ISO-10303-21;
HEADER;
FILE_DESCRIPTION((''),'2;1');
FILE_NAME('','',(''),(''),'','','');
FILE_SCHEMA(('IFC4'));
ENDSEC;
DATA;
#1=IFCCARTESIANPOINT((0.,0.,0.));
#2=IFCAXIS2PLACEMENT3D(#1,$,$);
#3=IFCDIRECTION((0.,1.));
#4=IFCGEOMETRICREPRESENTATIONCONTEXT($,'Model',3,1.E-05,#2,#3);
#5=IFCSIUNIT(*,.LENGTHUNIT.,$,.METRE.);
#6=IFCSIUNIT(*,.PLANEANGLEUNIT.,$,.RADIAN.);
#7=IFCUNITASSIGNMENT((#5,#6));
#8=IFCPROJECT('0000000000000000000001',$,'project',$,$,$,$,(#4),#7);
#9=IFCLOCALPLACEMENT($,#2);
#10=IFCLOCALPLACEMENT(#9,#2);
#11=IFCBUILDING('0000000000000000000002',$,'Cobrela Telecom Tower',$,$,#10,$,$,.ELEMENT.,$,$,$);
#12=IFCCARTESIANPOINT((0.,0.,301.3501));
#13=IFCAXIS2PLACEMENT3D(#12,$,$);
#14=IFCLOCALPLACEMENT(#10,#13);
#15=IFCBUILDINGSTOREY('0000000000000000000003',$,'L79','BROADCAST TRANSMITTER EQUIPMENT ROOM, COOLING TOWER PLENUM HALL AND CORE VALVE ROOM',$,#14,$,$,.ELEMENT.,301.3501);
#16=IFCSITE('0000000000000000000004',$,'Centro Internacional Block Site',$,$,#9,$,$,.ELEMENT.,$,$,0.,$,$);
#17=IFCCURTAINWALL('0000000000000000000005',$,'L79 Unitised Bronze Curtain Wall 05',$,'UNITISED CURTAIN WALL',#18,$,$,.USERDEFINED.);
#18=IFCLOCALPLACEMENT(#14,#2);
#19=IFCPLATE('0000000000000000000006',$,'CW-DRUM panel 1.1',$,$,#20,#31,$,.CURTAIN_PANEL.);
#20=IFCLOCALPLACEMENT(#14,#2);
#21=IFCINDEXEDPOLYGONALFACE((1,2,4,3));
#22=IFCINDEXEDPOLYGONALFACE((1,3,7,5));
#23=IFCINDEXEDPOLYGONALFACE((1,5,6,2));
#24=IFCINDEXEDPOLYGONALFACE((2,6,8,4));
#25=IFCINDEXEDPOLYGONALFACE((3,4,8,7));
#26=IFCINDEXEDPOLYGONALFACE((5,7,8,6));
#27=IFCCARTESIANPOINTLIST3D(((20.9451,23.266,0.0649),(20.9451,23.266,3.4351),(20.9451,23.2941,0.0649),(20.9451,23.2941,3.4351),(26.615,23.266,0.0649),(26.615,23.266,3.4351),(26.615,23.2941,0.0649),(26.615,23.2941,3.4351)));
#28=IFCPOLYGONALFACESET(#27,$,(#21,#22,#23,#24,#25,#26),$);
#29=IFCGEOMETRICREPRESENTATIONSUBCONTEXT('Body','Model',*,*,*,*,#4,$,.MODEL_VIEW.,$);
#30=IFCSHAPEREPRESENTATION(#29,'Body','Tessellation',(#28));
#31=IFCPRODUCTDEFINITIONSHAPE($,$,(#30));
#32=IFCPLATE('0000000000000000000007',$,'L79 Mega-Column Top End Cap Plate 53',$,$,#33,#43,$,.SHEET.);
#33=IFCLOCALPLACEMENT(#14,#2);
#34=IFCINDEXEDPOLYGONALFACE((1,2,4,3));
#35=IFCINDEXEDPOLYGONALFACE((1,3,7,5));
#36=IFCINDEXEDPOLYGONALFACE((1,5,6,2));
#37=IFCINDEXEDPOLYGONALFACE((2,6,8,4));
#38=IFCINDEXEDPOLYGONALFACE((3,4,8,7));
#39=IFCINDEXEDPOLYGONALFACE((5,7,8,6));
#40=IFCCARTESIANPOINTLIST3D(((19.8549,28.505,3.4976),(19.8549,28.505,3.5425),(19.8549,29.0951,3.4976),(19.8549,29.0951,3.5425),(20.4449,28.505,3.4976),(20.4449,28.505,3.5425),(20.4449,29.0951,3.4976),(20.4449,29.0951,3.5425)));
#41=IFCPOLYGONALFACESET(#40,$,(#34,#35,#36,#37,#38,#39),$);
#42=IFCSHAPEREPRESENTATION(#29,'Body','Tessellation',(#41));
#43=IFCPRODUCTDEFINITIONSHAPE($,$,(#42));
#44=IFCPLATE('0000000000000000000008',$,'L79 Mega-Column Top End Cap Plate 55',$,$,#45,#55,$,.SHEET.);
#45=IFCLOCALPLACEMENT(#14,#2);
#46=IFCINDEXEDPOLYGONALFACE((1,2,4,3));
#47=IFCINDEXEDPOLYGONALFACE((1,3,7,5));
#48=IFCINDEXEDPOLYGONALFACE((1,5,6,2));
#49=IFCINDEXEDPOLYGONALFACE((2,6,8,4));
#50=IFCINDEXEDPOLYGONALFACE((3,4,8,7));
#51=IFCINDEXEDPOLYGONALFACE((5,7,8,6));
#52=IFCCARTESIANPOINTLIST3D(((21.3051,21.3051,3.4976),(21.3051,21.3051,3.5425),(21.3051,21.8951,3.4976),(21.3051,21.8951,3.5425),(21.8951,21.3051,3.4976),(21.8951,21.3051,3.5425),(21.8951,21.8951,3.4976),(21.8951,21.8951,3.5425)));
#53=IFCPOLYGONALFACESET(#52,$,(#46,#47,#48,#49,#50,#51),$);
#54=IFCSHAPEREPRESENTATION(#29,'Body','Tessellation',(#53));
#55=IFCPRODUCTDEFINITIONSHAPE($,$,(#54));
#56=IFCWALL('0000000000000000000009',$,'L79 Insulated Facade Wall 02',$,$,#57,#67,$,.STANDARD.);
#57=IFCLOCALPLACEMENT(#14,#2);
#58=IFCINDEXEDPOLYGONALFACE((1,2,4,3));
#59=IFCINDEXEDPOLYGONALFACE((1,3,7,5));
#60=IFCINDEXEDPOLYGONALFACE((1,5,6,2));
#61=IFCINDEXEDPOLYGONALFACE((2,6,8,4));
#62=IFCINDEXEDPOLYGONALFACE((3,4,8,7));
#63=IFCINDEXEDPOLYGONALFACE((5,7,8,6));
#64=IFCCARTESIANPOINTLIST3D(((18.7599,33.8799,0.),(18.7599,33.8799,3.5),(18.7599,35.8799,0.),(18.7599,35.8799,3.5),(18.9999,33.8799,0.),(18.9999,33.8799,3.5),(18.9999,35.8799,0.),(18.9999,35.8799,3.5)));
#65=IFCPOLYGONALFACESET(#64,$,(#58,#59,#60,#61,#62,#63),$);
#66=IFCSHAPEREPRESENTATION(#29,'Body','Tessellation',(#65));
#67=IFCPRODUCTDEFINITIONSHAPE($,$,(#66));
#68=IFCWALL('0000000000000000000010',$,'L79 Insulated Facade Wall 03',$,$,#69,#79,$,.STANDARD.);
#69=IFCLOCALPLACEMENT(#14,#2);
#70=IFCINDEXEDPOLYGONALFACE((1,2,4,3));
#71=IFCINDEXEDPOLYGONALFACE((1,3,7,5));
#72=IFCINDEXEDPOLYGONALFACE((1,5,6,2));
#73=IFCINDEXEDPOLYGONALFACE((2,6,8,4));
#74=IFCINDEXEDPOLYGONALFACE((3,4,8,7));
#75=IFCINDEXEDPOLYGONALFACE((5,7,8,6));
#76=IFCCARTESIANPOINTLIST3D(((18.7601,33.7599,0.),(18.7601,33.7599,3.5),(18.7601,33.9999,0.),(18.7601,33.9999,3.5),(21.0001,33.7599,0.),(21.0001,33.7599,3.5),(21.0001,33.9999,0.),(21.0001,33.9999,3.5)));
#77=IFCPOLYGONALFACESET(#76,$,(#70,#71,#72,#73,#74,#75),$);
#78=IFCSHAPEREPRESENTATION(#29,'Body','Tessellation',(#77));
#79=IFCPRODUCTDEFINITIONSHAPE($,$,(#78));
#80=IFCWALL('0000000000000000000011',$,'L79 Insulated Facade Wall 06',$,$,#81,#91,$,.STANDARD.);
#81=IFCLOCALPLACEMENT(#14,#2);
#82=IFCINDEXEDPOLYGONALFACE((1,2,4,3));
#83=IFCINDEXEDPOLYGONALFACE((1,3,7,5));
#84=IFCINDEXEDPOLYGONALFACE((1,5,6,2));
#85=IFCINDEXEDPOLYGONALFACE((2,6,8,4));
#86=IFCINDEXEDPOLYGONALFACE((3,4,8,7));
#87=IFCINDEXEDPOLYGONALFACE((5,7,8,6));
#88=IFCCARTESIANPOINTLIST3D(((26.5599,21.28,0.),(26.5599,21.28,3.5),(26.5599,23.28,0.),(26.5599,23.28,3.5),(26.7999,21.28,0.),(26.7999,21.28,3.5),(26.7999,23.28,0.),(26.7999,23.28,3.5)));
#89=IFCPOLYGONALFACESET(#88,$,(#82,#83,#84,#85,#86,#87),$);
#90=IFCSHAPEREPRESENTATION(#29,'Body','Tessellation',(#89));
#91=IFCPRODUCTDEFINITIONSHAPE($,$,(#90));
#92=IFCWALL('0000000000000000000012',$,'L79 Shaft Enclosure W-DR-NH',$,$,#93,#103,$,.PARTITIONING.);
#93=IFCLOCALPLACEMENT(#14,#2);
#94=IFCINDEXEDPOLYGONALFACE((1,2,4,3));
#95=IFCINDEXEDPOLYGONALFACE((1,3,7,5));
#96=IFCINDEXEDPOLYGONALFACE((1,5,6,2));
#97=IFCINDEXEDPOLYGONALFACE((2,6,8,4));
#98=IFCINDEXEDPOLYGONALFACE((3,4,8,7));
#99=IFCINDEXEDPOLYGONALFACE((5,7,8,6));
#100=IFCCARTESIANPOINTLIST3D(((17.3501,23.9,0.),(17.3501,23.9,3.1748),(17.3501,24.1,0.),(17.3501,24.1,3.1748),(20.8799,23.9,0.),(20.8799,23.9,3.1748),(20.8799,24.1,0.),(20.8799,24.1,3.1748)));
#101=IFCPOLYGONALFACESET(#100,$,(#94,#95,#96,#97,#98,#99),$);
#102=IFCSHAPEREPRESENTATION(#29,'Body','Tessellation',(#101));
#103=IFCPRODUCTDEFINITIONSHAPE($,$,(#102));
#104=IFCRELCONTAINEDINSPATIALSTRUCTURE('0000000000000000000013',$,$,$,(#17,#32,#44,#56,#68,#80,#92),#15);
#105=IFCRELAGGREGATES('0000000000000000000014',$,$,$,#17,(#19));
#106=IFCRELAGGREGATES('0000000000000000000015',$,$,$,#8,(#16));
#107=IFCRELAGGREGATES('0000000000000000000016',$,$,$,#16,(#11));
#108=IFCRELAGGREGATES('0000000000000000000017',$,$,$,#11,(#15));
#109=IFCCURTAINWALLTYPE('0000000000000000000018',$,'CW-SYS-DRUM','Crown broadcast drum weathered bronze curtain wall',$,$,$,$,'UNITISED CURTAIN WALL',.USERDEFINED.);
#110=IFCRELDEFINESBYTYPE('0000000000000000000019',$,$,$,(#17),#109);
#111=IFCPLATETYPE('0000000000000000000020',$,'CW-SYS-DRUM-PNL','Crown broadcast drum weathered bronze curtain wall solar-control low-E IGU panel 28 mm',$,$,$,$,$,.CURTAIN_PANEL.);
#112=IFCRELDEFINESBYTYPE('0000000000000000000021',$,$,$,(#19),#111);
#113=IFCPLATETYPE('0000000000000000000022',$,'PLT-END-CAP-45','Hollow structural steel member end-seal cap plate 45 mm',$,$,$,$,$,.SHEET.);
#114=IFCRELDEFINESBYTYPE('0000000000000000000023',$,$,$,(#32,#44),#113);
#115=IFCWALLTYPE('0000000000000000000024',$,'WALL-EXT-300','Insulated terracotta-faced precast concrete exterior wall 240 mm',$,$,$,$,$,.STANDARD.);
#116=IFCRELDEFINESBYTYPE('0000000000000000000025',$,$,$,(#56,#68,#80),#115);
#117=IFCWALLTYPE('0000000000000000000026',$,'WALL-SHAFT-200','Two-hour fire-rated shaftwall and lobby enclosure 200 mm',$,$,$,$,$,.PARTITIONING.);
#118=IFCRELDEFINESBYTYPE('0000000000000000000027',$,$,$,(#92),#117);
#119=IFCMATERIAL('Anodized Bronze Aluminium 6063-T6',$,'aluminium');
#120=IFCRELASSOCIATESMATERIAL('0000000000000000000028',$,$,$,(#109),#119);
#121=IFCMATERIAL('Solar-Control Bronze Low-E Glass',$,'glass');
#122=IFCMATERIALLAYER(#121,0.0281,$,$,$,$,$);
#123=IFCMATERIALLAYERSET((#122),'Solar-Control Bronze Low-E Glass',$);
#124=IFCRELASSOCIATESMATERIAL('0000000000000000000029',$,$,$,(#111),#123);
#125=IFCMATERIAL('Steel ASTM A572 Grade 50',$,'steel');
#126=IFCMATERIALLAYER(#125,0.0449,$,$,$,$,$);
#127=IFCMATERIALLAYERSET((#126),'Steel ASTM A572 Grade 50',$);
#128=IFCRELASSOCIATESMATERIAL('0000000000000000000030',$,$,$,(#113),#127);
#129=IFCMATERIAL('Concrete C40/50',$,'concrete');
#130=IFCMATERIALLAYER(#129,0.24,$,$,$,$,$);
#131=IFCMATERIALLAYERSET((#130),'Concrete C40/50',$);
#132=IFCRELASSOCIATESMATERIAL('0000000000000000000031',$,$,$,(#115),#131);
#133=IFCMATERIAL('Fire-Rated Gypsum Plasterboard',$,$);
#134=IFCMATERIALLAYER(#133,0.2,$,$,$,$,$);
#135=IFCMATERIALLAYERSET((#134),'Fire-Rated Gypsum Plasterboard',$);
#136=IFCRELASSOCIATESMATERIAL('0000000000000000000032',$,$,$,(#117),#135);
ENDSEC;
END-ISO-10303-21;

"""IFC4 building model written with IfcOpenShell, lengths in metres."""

from ifc_helpers import new_model, si_unit, direction, frame, frame_2d, origin, origin_2d, place, context, subcontext, project, spatial, rectangle, extrude, material, layer, layer_set, type_object, element, aggregate, save


model = new_model("IFC4")

# Units and contexts
model_context = context("Model", 3, precision=1e-05, world=origin(), true_north=direction((0.0, 1.0)))
body_context = subcontext(model_context, "Body", "Model", "MODEL_VIEW")
ifc_project = project(units=[si_unit("LENGTHUNIT", "METRE"), si_unit("PLANEANGLEUNIT", "RADIAN")], contexts=[model_context])

# Site, building, storey
site_placement = place(None, origin())
site = spatial("IfcSite", under=ifc_project, at=site_placement, Name="Centro Internacional Block Site", CompositionType="ELEMENT", RefElevation=0.0)
building_placement = place(site_placement, origin())
building = spatial("IfcBuilding", under=site, at=building_placement, Name="Cobrela Telecom Tower", CompositionType="ELEMENT")
storey_placement = place(building_placement, frame((0.0, 0.0, 301.3501)))
storey = spatial("IfcBuildingStorey", under=building, at=storey_placement, Name="L79", Description="BROADCAST TRANSMITTER EQUIPMENT ROOM, COOLING TOWER PLENUM HALL AND CORE VALVE ROOM", CompositionType="ELEMENT", Elevation=301.3501)

# Shared definitions
ifc_material_1 = material(Name="Steel ASTM A572 Grade 50", Category="steel")

# Shared definitions
ifc_material_2 = material(Name="Anodized Bronze Aluminium 6063-T6", Category="aluminium")
curtain_wall_type = type_object("IfcCurtainWallType", Name="CW-SYS-DRUM", Description="Crown broadcast drum weathered bronze curtain wall", ElementType="UNITISED CURTAIN WALL", PredefinedType="USERDEFINED", material=ifc_material_2)

# Curtain wall
curtain_wall_1_placement = place(storey_placement, origin())
curtain_wall_1 = element("IfcCurtainWall", 1, at=curtain_wall_1_placement, inside=storey, type_object=curtain_wall_type, Name="L79 Unitised Bronze Curtain Wall 05", ObjectType="UNITISED CURTAIN WALL", PredefinedType="USERDEFINED")

# Plate
ifc_material_3 = material(Name="Solar-Control Bronze Low-E Glass", Category="glass")
ifc_layer_1 = layer(ifc_material_3, 0.0281)
ifc_layer_set_1 = layer_set([ifc_layer_1], Name="Solar-Control Bronze Low-E Glass")
plate_type_1 = type_object("IfcPlateType", Name="CW-SYS-DRUM-PNL", Description="Crown broadcast drum weathered bronze curtain wall solar-control low-E IGU panel 28 mm", PredefinedType="CURTAIN_PANEL", material=ifc_layer_set_1)
plate_1_placement = place(storey_placement, frame((23.78, 23.28, 0.0649), z_axis=(0.0, 0.0, 1.0), x_axis=(1.0, 0.0, 0.0)))
plate_1 = element("IfcPlate", 2, at=plate_1_placement, type_object=plate_type_1, Name="CW-DRUM panel 1.1", PredefinedType="CURTAIN_PANEL", context=body_context, shape_type="SweptSolid", body=[
    extrude(rectangle(XDim=5.6699, YDim=0.0281, at=origin_2d()), origin(), (0.0, 0.0, 1.0), 3.3701),
])
aggregate(curtain_wall_1, [plate_1])

# Plates
ifc_layer_2 = layer(ifc_material_1, 0.0449)
ifc_layer_set_2 = layer_set([ifc_layer_2], Name="Steel ASTM A572 Grade 50")
plate_type_2 = type_object("IfcPlateType", Name="PLT-END-CAP-45", Description="Hollow structural steel member end-seal cap plate 45 mm", PredefinedType="SHEET", material=ifc_layer_set_2)
for number, where, z_axis, x_axis, name in (
    (3, (20.1499, 28.8, 3.4976), (0.0, 0.0, 1.0), (1.0, 0.0, 0.0), "L79 Mega-Column Top End Cap Plate 53"),
    (4, (21.6001, 21.6001, 3.4976), (0.0, 0.0, 1.0), (1.0, 0.0, 0.0), "L79 Mega-Column Top End Cap Plate 55"),
):
    element("IfcPlate", number, at=place(storey_placement, frame(where, z_axis=z_axis, x_axis=x_axis)), inside=storey, type_object=plate_type_2, Name=name, PredefinedType="SHEET", context=body_context, shape_type="SweptSolid", body=[
        extrude(rectangle(XDim=0.5901, YDim=0.5901, at=origin_2d()), origin(), (0.0, 0.0, 1.0), 0.0449),
    ])

# Walls
ifc_material_4 = material(Name="Concrete C40/50", Category="concrete")
ifc_layer_3 = layer(ifc_material_4, 0.24)
ifc_layer_set_3 = layer_set([ifc_layer_3], Name="Concrete C40/50")
wall_type_1 = type_object("IfcWallType", Name="WALL-EXT-300", Description="Insulated terracotta-faced precast concrete exterior wall 240 mm", PredefinedType="STANDARD", material=ifc_layer_set_3)
wall_1_placement = place(storey_placement, frame((18.8799, 35.8799, 0.0), z_axis=(0.0, 0.0, 1.0), x_axis=(0.0, -1.0, 0.0)))
element("IfcWall", 5, at=wall_1_placement, inside=storey, type_object=wall_type_1, Name="L79 Insulated Facade Wall 02", PredefinedType="STANDARD", context=body_context, shape_type="SweptSolid", body=[
    extrude(rectangle(XDim=2.0, YDim=0.24, at=frame_2d((1.0, 0.0))), origin(), (0.0, 0.0, 1.0), 3.5),
])
wall_2_placement = place(storey_placement, frame((18.76, 33.8799, 0.0), z_axis=(0.0, 0.0, 1.0), x_axis=(1.0, 0.0, 0.0)))
element("IfcWall", 6, at=wall_2_placement, inside=storey, type_object=wall_type_1, Name="L79 Insulated Facade Wall 03", PredefinedType="STANDARD", context=body_context, shape_type="SweptSolid", body=[
    extrude(rectangle(XDim=2.24, YDim=0.24, at=frame_2d((1.1201, 0.0))), origin(), (0.0, 0.0, 1.0), 3.5),
])
wall_3_placement = place(storey_placement, frame((26.6799, 23.28, 0.0), z_axis=(0.0, 0.0, 1.0), x_axis=(0.0, -1.0, 0.0)))
element("IfcWall", 7, at=wall_3_placement, inside=storey, type_object=wall_type_1, Name="L79 Insulated Facade Wall 06", PredefinedType="STANDARD", context=body_context, shape_type="SweptSolid", body=[
    extrude(rectangle(XDim=2.0, YDim=0.24, at=frame_2d((1.0, 0.0))), origin(), (0.0, 0.0, 1.0), 3.5),
])
ifc_material_5 = material(Name="Fire-Rated Gypsum Plasterboard")
ifc_layer_4 = layer(ifc_material_5, 0.2)
ifc_layer_set_4 = layer_set([ifc_layer_4], Name="Fire-Rated Gypsum Plasterboard")
wall_type_2 = type_object("IfcWallType", Name="WALL-SHAFT-200", Description="Two-hour fire-rated shaftwall and lobby enclosure 200 mm", PredefinedType="PARTITIONING", material=ifc_layer_set_4)
wall_4_placement = place(storey_placement, frame((17.3501, 24.0, 0.0), z_axis=(0.0, 0.0, 1.0), x_axis=(1.0, 0.0, 0.0)))
element("IfcWall", 8, at=wall_4_placement, inside=storey, type_object=wall_type_2, Name="L79 Shaft Enclosure W-DR-NH", PredefinedType="PARTITIONING", context=body_context, shape_type="SweptSolid", body=[
    extrude(rectangle(XDim=3.5298, YDim=0.2, at=frame_2d((1.7649, 0.0))), origin(), (0.0, 0.0, 1.0), 3.1748),
])

save(model, "model.ifc")
